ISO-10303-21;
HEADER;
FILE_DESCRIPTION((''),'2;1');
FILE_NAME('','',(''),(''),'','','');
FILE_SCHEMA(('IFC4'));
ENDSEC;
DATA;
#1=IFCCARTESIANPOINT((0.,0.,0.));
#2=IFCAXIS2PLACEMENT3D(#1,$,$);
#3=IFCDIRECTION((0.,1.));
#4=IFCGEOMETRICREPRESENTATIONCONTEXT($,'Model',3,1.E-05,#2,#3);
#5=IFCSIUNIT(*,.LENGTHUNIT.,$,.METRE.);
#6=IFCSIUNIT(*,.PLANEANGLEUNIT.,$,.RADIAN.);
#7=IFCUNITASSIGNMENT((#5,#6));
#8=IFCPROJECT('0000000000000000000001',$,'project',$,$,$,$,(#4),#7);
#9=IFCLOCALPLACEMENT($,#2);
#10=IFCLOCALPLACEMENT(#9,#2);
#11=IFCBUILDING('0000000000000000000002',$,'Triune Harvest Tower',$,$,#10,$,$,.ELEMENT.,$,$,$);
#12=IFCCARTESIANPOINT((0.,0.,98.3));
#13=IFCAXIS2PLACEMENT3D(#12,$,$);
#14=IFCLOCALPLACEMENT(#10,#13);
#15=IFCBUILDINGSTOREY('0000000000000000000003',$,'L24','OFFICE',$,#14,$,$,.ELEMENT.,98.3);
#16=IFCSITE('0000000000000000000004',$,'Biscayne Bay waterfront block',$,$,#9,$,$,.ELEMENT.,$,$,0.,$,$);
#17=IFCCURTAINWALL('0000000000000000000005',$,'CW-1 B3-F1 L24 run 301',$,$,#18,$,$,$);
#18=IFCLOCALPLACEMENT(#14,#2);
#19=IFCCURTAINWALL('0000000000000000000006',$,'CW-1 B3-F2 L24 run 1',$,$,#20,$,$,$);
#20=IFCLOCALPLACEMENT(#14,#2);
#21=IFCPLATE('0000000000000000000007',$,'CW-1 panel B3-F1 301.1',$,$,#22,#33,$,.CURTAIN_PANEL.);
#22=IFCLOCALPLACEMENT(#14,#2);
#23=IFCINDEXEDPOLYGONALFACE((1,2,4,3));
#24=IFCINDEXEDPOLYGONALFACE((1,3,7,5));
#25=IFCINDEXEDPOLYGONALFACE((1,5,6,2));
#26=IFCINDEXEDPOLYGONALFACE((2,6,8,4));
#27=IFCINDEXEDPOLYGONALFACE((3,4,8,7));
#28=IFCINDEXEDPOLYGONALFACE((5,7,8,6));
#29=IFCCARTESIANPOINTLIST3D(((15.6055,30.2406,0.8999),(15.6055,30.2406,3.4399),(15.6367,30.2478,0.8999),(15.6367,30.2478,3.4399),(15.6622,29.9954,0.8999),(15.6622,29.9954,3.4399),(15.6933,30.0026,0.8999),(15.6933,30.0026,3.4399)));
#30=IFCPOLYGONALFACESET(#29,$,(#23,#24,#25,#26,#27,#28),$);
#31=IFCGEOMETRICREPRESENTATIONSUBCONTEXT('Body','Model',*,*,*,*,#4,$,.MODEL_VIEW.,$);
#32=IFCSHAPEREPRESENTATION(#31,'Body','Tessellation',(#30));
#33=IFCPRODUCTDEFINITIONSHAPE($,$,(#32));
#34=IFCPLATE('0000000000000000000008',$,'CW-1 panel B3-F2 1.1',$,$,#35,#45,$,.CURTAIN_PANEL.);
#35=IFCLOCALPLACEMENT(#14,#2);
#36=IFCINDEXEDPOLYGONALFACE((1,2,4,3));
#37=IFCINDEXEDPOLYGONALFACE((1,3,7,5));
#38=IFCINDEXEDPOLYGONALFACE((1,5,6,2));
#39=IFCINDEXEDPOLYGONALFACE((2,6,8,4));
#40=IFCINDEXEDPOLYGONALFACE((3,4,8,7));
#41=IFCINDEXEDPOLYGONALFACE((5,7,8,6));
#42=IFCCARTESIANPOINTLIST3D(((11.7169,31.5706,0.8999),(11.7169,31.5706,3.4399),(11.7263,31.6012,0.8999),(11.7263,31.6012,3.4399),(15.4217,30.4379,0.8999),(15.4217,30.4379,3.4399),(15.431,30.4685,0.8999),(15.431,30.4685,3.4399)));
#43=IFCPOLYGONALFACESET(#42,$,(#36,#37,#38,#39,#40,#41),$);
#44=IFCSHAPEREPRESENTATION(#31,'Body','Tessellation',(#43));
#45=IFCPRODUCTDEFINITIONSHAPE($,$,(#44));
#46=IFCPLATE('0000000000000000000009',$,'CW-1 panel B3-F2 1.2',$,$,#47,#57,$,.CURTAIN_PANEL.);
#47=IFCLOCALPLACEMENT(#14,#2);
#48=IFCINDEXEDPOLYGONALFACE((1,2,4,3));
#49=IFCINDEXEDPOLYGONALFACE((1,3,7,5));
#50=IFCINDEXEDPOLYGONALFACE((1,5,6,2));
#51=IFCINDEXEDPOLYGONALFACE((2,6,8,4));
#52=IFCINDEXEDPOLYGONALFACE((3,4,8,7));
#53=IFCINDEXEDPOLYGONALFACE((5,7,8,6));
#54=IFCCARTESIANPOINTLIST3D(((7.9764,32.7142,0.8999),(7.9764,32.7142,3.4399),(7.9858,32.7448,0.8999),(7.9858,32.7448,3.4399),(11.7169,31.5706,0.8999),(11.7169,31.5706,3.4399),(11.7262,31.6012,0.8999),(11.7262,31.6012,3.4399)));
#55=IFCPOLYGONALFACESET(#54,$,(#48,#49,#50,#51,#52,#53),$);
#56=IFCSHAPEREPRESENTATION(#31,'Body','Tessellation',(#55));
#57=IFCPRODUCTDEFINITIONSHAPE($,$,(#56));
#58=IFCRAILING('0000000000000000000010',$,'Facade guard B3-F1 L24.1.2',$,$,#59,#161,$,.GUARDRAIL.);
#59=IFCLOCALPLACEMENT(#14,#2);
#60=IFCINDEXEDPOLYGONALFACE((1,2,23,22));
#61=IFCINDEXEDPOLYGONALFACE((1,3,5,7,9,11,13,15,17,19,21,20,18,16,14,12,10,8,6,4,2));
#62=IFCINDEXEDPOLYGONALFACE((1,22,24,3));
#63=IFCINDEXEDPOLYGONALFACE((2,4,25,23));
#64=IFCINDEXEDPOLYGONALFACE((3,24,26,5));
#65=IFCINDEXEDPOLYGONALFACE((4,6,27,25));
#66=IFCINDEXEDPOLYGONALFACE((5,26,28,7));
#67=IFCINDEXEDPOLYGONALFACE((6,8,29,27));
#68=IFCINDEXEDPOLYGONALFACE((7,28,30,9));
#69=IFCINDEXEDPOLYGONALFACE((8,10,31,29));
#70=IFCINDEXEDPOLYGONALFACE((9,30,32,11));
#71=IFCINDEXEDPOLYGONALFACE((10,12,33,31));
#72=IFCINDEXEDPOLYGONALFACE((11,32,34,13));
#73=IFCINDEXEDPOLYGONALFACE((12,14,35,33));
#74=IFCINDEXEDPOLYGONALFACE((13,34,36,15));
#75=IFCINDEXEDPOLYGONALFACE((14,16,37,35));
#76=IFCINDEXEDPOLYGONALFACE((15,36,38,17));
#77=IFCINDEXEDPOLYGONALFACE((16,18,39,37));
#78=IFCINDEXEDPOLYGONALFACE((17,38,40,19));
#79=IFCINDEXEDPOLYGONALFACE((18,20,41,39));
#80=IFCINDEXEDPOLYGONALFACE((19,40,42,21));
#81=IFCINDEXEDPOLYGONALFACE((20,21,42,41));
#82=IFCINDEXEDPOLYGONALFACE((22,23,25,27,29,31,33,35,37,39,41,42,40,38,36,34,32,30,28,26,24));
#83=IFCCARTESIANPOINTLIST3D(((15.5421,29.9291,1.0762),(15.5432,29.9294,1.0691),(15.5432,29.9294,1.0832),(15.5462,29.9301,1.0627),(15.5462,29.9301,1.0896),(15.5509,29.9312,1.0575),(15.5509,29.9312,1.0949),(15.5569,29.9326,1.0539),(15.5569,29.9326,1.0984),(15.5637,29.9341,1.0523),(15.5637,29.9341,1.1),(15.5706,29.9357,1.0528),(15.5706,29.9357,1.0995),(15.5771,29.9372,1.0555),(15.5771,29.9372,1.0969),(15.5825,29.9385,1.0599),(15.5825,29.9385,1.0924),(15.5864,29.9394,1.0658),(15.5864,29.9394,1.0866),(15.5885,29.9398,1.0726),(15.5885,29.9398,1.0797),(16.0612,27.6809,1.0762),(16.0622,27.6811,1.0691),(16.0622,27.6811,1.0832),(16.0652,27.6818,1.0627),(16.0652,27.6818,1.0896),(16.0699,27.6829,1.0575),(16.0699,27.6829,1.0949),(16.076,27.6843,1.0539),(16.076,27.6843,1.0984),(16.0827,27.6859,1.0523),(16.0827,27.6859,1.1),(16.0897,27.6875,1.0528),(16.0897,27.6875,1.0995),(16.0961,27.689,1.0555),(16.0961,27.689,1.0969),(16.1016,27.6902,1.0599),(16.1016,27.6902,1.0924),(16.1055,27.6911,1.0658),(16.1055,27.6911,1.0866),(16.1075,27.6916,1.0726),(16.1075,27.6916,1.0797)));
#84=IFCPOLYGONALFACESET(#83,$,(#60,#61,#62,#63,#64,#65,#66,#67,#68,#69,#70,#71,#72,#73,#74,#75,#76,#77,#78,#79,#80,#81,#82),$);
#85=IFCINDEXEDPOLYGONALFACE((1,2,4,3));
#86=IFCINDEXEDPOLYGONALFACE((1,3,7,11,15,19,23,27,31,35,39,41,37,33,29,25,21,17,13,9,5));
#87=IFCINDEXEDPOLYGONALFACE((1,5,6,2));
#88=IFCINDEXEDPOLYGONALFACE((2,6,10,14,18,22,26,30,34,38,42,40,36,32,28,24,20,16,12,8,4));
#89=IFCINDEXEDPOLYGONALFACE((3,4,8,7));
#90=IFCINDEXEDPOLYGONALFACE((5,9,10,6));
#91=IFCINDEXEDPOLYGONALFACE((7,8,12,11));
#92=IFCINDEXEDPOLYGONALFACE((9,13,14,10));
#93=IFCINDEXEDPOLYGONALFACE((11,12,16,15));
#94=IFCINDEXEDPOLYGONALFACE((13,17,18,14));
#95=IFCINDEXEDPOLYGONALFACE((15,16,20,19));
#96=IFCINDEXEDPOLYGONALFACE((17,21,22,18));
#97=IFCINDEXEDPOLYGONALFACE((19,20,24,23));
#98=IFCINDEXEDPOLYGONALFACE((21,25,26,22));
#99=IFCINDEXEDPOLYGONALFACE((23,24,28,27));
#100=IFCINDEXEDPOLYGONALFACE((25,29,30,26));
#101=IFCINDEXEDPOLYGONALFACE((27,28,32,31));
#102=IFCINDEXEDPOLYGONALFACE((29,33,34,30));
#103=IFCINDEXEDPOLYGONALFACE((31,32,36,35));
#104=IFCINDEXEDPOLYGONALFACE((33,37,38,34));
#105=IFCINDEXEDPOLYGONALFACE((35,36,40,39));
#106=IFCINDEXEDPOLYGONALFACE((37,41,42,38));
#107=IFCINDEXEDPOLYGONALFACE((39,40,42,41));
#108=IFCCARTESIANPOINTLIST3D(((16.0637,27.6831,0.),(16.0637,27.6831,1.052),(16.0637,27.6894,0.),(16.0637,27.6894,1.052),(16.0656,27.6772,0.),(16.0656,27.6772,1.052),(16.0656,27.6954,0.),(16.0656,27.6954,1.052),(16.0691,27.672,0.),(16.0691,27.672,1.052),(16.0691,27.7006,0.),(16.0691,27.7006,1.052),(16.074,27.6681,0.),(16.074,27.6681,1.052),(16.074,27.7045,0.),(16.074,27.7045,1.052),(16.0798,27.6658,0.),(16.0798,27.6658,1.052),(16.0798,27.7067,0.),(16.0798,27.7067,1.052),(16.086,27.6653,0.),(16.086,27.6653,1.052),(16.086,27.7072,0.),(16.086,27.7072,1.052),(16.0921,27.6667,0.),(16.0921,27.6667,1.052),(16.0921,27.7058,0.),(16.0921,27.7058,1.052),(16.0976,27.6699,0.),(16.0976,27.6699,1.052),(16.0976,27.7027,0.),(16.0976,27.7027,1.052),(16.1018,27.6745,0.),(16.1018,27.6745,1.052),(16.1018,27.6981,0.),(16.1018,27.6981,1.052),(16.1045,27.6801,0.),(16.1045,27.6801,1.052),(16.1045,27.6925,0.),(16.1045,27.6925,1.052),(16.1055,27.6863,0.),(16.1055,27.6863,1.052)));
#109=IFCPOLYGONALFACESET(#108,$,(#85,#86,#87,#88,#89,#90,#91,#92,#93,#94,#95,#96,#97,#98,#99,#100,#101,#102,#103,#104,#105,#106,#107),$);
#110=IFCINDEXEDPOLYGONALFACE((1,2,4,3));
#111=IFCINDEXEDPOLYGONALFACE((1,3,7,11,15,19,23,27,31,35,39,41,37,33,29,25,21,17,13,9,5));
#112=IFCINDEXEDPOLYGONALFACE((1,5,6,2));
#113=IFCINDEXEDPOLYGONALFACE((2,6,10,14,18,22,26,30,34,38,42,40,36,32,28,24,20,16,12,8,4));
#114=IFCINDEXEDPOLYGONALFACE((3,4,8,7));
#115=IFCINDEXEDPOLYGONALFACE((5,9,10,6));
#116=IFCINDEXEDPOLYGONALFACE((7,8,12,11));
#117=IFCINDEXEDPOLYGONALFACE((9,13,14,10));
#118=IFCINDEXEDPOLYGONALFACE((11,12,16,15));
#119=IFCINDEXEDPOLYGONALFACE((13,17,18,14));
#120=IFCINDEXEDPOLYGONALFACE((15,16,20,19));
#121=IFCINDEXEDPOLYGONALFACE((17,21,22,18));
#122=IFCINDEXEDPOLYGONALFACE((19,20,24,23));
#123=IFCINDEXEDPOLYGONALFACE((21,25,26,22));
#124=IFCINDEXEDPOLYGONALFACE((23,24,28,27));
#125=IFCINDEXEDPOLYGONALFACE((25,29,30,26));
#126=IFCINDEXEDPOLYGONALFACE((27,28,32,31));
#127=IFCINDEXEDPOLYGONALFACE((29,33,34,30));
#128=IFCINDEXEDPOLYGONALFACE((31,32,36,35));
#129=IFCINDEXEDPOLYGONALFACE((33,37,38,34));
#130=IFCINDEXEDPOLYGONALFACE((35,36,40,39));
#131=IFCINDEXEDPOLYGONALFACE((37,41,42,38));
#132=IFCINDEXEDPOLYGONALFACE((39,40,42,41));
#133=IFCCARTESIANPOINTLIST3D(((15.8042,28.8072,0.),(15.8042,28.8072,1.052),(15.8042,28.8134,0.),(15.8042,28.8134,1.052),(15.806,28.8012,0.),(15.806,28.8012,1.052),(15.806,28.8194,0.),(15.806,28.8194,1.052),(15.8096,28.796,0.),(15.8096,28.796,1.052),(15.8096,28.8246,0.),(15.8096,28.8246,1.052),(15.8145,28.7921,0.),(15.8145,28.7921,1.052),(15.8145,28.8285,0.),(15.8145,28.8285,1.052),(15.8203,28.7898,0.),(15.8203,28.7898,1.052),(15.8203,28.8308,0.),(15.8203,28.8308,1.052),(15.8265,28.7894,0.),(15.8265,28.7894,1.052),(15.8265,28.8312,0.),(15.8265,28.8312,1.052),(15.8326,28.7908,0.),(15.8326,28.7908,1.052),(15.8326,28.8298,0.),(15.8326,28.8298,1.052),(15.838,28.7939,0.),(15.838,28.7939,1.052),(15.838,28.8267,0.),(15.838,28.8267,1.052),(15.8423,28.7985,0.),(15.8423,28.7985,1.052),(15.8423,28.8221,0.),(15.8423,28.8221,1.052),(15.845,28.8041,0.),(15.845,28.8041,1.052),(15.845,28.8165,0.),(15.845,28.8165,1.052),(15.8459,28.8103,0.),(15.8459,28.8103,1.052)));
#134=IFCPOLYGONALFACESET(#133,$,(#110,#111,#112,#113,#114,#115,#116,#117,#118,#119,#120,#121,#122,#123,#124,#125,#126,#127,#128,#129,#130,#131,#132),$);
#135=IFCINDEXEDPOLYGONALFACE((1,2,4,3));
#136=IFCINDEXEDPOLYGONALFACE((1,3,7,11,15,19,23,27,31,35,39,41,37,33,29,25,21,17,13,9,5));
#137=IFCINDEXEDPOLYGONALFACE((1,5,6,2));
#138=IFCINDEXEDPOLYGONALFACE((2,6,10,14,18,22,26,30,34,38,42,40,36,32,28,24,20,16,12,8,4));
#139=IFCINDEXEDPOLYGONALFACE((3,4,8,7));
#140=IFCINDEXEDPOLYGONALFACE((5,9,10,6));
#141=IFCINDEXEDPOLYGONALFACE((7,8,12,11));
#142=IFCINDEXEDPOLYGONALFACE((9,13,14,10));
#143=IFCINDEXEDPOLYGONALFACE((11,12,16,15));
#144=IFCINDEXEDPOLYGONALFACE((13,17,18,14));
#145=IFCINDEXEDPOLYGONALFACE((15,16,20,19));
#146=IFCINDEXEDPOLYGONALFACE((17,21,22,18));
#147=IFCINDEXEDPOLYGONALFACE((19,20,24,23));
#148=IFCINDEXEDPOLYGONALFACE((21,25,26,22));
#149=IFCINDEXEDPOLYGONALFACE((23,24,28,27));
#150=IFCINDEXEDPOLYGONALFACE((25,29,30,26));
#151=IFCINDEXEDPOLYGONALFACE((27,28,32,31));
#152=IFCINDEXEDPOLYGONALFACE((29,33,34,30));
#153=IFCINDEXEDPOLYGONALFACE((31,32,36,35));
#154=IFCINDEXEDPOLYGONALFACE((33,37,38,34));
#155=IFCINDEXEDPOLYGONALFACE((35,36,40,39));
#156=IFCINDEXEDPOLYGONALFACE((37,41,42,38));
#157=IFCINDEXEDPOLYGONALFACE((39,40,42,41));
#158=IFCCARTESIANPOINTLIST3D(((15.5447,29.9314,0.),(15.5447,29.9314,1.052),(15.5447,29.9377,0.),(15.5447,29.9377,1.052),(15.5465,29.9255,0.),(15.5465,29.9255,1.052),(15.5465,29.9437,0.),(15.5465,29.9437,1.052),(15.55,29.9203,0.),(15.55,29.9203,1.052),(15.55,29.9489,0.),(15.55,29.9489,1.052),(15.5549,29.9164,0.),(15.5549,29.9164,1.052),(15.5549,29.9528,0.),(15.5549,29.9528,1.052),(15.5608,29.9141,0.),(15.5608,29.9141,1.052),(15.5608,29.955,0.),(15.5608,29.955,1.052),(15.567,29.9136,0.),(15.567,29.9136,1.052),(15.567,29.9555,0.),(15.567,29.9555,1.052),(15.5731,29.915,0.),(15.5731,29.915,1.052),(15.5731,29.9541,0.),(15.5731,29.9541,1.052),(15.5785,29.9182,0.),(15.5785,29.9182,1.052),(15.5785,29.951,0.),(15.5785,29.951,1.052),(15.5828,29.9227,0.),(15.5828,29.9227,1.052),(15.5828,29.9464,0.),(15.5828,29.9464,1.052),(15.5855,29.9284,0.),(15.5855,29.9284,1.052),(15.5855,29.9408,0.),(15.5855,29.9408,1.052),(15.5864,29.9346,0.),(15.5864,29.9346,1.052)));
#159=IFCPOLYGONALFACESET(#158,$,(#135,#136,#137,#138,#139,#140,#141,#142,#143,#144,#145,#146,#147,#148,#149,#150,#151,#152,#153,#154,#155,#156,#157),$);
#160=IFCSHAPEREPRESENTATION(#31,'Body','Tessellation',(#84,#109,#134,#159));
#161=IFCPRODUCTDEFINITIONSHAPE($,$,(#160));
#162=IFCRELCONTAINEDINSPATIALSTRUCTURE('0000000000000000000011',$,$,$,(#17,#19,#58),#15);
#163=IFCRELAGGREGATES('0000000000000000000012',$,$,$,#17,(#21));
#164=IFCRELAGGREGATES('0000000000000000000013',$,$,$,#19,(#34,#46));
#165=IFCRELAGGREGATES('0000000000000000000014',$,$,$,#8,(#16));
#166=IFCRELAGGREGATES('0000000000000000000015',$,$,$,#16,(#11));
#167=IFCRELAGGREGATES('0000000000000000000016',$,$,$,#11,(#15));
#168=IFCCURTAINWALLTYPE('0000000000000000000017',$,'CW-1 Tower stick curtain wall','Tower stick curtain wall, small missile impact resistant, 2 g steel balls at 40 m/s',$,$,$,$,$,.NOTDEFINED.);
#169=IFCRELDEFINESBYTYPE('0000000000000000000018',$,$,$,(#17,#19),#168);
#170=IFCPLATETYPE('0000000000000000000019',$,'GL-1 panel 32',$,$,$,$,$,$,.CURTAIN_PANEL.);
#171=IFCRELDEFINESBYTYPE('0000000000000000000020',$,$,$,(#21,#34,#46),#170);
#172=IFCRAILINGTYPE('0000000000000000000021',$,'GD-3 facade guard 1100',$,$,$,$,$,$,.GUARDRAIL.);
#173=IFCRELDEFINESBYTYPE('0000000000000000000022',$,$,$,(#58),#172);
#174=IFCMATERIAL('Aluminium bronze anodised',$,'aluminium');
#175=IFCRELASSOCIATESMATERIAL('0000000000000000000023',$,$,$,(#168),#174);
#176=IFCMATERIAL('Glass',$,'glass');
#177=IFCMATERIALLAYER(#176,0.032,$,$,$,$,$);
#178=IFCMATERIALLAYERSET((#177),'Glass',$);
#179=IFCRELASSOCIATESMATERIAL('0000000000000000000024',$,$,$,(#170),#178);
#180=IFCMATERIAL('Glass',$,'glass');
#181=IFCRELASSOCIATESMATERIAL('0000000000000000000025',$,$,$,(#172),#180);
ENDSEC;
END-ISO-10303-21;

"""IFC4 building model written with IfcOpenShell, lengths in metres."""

from ifc_helpers import new_model, si_unit, direction, frame, origin, origin_2d, place, context, subcontext, project, spatial, rectangle, circle, extrude, source, transform, mapped, material, layer, layer_set, type_object, element, aggregate, save


model = new_model("IFC4")

# Units and contexts
model_context = context("Model", 3, precision=1e-05, world=origin(), true_north=direction((0.0, 1.0)))
body_context = subcontext(model_context, "Body", "Model", "MODEL_VIEW")
ifc_project = project(units=[si_unit("LENGTHUNIT", "METRE"), si_unit("PLANEANGLEUNIT", "RADIAN")], contexts=[model_context])

# Site, building, storey
site_placement = place(None, origin())
site = spatial("IfcSite", under=ifc_project, at=site_placement, Name="Biscayne Bay waterfront block", CompositionType="ELEMENT", RefElevation=0.0)
building_placement = place(site_placement, origin())
building = spatial("IfcBuilding", under=site, at=building_placement, Name="Triune Harvest Tower", CompositionType="ELEMENT")
storey_placement = place(building_placement, frame((0.0, 0.0, 98.3)))
storey = spatial("IfcBuildingStorey", under=building, at=storey_placement, Name="L24", Description="OFFICE", CompositionType="ELEMENT", Elevation=98.3)

# Curtain wall
ifc_material_1 = material(Name="Aluminium bronze anodised", Category="aluminium")
curtain_wall_type_1 = type_object("IfcCurtainWallType", Name="CW-1 Tower stick curtain wall", Description="Tower stick curtain wall, small missile impact resistant, 2 g steel balls at 40 m/s", PredefinedType="NOTDEFINED", material=ifc_material_1)
curtain_wall_1_placement = place(storey_placement, origin())
curtain_wall_1 = element("IfcCurtainWall", 1, at=curtain_wall_1_placement, inside=storey, type_object=curtain_wall_type_1, Name="CW-1 B3-F1 L24 run 301")

# Curtain wall
curtain_wall_2_placement = place(storey_placement, origin())
curtain_wall_2 = element("IfcCurtainWall", 2, at=curtain_wall_2_placement, inside=storey, type_object=curtain_wall_type_1, Name="CW-1 B3-F2 L24 run 1")

# Plates
ifc_material_2 = material(Name="Glass", Category="glass")
ifc_layer_1 = layer(ifc_material_2, 0.032)
ifc_layer_set_1 = layer_set([ifc_layer_1], Name="Glass")
plate_type_1 = type_object("IfcPlateType", Name="GL-1 panel 32", PredefinedType="CURTAIN_PANEL", material=ifc_layer_set_1)
shared_shape_1 = source(origin(), body_context, "Body", "SweptSolid", [
    extrude(rectangle(XDim=0.2517, YDim=0.032, at=origin_2d()), origin(), (0.0, 0.0, 1.0), 2.54),
])
plate_1_placement = place(storey_placement, frame((15.6494, 30.1216, 0.8999), z_axis=(0.0, 0.0, 1.0), x_axis=(-0.225041, 0.974349, 0.0)))
plate_1 = element("IfcPlate", 3, at=plate_1_placement, type_object=plate_type_1, Name="CW-1 panel B3-F1 301.1", PredefinedType="CURTAIN_PANEL", context=body_context, shape_type="MappedRepresentation", body=[
    mapped(shared_shape_1, transform((0.0, 0.0, 0.0), scale=1.0)),
])
aggregate(curtain_wall_1, [plate_1])
shared_shape_2 = source(origin(), body_context, "Body", "SweptSolid", [
    extrude(rectangle(XDim=3.874, YDim=0.032, at=origin_2d()), origin(), (0.0, 0.0, 1.0), 2.54),
])
plate_2_placement = place(storey_placement, frame((13.574, 31.0195, 0.8999), z_axis=(0.0, 0.0, 1.0), x_axis=(-0.956303, 0.292377, 0.0)))
plate_2 = element("IfcPlate", 4, at=plate_2_placement, type_object=plate_type_1, Name="CW-1 panel B3-F2 1.1", PredefinedType="CURTAIN_PANEL", context=body_context, shape_type="MappedRepresentation", body=[
    mapped(shared_shape_2, transform((0.0, 0.0, 0.0), scale=1.0)),
])
shared_shape_3 = source(origin(), body_context, "Body", "SweptSolid", [
    extrude(rectangle(XDim=3.9114, YDim=0.032, at=origin_2d()), origin(), (0.0, 0.0, 1.0), 2.54),
])
plate_3_placement = place(storey_placement, frame((9.8513, 32.1577, 0.8999), z_axis=(0.0, 0.0, 1.0), x_axis=(-0.956303, 0.292377, 0.0)))
plate_3 = element("IfcPlate", 5, at=plate_3_placement, type_object=plate_type_1, Name="CW-1 panel B3-F2 1.2", PredefinedType="CURTAIN_PANEL", context=body_context, shape_type="MappedRepresentation", body=[
    mapped(shared_shape_3, transform((0.0, 0.0, 0.0), scale=1.0)),
])
aggregate(curtain_wall_2, [plate_2, plate_3])

# Railing
ifc_material_3 = material(Name="Glass", Category="glass")
railing_type = type_object("IfcRailingType", Name="GD-3 facade guard 1100", PredefinedType="GUARDRAIL", material=ifc_material_3)
railing_placement = place(storey_placement, frame((16.0845, 27.6863, 0.0)))
element("IfcRailing", 6, at=railing_placement, inside=storey, type_object=railing_type, Name="Facade guard B3-F1 L24.1.2", PredefinedType="GUARDRAIL", context=body_context, shape_type="SweptSolid", body=[
    extrude(circle(Radius=0.0239, at=origin_2d()), frame((0.0, 0.0, 1.0762), z_axis=(-0.224945, 0.974372, 0.0), x_axis=(-0.974372, -0.224945, 0.0)), (0.0, 0.0, 1.0), 2.3074),
    extrude(circle(Radius=0.021, at=origin_2d()), origin(), (0.0, 0.0, 1.0), 1.052),
    extrude(circle(Radius=0.021, at=origin_2d()), frame((-0.2595, 1.124, 0.0)), (0.0, 0.0, 1.0), 1.052),
    extrude(circle(Radius=0.021, at=origin_2d()), frame((-0.519, 2.2483, 0.0)), (0.0, 0.0, 1.0), 1.052),
])

save(model, "model.ifc")
